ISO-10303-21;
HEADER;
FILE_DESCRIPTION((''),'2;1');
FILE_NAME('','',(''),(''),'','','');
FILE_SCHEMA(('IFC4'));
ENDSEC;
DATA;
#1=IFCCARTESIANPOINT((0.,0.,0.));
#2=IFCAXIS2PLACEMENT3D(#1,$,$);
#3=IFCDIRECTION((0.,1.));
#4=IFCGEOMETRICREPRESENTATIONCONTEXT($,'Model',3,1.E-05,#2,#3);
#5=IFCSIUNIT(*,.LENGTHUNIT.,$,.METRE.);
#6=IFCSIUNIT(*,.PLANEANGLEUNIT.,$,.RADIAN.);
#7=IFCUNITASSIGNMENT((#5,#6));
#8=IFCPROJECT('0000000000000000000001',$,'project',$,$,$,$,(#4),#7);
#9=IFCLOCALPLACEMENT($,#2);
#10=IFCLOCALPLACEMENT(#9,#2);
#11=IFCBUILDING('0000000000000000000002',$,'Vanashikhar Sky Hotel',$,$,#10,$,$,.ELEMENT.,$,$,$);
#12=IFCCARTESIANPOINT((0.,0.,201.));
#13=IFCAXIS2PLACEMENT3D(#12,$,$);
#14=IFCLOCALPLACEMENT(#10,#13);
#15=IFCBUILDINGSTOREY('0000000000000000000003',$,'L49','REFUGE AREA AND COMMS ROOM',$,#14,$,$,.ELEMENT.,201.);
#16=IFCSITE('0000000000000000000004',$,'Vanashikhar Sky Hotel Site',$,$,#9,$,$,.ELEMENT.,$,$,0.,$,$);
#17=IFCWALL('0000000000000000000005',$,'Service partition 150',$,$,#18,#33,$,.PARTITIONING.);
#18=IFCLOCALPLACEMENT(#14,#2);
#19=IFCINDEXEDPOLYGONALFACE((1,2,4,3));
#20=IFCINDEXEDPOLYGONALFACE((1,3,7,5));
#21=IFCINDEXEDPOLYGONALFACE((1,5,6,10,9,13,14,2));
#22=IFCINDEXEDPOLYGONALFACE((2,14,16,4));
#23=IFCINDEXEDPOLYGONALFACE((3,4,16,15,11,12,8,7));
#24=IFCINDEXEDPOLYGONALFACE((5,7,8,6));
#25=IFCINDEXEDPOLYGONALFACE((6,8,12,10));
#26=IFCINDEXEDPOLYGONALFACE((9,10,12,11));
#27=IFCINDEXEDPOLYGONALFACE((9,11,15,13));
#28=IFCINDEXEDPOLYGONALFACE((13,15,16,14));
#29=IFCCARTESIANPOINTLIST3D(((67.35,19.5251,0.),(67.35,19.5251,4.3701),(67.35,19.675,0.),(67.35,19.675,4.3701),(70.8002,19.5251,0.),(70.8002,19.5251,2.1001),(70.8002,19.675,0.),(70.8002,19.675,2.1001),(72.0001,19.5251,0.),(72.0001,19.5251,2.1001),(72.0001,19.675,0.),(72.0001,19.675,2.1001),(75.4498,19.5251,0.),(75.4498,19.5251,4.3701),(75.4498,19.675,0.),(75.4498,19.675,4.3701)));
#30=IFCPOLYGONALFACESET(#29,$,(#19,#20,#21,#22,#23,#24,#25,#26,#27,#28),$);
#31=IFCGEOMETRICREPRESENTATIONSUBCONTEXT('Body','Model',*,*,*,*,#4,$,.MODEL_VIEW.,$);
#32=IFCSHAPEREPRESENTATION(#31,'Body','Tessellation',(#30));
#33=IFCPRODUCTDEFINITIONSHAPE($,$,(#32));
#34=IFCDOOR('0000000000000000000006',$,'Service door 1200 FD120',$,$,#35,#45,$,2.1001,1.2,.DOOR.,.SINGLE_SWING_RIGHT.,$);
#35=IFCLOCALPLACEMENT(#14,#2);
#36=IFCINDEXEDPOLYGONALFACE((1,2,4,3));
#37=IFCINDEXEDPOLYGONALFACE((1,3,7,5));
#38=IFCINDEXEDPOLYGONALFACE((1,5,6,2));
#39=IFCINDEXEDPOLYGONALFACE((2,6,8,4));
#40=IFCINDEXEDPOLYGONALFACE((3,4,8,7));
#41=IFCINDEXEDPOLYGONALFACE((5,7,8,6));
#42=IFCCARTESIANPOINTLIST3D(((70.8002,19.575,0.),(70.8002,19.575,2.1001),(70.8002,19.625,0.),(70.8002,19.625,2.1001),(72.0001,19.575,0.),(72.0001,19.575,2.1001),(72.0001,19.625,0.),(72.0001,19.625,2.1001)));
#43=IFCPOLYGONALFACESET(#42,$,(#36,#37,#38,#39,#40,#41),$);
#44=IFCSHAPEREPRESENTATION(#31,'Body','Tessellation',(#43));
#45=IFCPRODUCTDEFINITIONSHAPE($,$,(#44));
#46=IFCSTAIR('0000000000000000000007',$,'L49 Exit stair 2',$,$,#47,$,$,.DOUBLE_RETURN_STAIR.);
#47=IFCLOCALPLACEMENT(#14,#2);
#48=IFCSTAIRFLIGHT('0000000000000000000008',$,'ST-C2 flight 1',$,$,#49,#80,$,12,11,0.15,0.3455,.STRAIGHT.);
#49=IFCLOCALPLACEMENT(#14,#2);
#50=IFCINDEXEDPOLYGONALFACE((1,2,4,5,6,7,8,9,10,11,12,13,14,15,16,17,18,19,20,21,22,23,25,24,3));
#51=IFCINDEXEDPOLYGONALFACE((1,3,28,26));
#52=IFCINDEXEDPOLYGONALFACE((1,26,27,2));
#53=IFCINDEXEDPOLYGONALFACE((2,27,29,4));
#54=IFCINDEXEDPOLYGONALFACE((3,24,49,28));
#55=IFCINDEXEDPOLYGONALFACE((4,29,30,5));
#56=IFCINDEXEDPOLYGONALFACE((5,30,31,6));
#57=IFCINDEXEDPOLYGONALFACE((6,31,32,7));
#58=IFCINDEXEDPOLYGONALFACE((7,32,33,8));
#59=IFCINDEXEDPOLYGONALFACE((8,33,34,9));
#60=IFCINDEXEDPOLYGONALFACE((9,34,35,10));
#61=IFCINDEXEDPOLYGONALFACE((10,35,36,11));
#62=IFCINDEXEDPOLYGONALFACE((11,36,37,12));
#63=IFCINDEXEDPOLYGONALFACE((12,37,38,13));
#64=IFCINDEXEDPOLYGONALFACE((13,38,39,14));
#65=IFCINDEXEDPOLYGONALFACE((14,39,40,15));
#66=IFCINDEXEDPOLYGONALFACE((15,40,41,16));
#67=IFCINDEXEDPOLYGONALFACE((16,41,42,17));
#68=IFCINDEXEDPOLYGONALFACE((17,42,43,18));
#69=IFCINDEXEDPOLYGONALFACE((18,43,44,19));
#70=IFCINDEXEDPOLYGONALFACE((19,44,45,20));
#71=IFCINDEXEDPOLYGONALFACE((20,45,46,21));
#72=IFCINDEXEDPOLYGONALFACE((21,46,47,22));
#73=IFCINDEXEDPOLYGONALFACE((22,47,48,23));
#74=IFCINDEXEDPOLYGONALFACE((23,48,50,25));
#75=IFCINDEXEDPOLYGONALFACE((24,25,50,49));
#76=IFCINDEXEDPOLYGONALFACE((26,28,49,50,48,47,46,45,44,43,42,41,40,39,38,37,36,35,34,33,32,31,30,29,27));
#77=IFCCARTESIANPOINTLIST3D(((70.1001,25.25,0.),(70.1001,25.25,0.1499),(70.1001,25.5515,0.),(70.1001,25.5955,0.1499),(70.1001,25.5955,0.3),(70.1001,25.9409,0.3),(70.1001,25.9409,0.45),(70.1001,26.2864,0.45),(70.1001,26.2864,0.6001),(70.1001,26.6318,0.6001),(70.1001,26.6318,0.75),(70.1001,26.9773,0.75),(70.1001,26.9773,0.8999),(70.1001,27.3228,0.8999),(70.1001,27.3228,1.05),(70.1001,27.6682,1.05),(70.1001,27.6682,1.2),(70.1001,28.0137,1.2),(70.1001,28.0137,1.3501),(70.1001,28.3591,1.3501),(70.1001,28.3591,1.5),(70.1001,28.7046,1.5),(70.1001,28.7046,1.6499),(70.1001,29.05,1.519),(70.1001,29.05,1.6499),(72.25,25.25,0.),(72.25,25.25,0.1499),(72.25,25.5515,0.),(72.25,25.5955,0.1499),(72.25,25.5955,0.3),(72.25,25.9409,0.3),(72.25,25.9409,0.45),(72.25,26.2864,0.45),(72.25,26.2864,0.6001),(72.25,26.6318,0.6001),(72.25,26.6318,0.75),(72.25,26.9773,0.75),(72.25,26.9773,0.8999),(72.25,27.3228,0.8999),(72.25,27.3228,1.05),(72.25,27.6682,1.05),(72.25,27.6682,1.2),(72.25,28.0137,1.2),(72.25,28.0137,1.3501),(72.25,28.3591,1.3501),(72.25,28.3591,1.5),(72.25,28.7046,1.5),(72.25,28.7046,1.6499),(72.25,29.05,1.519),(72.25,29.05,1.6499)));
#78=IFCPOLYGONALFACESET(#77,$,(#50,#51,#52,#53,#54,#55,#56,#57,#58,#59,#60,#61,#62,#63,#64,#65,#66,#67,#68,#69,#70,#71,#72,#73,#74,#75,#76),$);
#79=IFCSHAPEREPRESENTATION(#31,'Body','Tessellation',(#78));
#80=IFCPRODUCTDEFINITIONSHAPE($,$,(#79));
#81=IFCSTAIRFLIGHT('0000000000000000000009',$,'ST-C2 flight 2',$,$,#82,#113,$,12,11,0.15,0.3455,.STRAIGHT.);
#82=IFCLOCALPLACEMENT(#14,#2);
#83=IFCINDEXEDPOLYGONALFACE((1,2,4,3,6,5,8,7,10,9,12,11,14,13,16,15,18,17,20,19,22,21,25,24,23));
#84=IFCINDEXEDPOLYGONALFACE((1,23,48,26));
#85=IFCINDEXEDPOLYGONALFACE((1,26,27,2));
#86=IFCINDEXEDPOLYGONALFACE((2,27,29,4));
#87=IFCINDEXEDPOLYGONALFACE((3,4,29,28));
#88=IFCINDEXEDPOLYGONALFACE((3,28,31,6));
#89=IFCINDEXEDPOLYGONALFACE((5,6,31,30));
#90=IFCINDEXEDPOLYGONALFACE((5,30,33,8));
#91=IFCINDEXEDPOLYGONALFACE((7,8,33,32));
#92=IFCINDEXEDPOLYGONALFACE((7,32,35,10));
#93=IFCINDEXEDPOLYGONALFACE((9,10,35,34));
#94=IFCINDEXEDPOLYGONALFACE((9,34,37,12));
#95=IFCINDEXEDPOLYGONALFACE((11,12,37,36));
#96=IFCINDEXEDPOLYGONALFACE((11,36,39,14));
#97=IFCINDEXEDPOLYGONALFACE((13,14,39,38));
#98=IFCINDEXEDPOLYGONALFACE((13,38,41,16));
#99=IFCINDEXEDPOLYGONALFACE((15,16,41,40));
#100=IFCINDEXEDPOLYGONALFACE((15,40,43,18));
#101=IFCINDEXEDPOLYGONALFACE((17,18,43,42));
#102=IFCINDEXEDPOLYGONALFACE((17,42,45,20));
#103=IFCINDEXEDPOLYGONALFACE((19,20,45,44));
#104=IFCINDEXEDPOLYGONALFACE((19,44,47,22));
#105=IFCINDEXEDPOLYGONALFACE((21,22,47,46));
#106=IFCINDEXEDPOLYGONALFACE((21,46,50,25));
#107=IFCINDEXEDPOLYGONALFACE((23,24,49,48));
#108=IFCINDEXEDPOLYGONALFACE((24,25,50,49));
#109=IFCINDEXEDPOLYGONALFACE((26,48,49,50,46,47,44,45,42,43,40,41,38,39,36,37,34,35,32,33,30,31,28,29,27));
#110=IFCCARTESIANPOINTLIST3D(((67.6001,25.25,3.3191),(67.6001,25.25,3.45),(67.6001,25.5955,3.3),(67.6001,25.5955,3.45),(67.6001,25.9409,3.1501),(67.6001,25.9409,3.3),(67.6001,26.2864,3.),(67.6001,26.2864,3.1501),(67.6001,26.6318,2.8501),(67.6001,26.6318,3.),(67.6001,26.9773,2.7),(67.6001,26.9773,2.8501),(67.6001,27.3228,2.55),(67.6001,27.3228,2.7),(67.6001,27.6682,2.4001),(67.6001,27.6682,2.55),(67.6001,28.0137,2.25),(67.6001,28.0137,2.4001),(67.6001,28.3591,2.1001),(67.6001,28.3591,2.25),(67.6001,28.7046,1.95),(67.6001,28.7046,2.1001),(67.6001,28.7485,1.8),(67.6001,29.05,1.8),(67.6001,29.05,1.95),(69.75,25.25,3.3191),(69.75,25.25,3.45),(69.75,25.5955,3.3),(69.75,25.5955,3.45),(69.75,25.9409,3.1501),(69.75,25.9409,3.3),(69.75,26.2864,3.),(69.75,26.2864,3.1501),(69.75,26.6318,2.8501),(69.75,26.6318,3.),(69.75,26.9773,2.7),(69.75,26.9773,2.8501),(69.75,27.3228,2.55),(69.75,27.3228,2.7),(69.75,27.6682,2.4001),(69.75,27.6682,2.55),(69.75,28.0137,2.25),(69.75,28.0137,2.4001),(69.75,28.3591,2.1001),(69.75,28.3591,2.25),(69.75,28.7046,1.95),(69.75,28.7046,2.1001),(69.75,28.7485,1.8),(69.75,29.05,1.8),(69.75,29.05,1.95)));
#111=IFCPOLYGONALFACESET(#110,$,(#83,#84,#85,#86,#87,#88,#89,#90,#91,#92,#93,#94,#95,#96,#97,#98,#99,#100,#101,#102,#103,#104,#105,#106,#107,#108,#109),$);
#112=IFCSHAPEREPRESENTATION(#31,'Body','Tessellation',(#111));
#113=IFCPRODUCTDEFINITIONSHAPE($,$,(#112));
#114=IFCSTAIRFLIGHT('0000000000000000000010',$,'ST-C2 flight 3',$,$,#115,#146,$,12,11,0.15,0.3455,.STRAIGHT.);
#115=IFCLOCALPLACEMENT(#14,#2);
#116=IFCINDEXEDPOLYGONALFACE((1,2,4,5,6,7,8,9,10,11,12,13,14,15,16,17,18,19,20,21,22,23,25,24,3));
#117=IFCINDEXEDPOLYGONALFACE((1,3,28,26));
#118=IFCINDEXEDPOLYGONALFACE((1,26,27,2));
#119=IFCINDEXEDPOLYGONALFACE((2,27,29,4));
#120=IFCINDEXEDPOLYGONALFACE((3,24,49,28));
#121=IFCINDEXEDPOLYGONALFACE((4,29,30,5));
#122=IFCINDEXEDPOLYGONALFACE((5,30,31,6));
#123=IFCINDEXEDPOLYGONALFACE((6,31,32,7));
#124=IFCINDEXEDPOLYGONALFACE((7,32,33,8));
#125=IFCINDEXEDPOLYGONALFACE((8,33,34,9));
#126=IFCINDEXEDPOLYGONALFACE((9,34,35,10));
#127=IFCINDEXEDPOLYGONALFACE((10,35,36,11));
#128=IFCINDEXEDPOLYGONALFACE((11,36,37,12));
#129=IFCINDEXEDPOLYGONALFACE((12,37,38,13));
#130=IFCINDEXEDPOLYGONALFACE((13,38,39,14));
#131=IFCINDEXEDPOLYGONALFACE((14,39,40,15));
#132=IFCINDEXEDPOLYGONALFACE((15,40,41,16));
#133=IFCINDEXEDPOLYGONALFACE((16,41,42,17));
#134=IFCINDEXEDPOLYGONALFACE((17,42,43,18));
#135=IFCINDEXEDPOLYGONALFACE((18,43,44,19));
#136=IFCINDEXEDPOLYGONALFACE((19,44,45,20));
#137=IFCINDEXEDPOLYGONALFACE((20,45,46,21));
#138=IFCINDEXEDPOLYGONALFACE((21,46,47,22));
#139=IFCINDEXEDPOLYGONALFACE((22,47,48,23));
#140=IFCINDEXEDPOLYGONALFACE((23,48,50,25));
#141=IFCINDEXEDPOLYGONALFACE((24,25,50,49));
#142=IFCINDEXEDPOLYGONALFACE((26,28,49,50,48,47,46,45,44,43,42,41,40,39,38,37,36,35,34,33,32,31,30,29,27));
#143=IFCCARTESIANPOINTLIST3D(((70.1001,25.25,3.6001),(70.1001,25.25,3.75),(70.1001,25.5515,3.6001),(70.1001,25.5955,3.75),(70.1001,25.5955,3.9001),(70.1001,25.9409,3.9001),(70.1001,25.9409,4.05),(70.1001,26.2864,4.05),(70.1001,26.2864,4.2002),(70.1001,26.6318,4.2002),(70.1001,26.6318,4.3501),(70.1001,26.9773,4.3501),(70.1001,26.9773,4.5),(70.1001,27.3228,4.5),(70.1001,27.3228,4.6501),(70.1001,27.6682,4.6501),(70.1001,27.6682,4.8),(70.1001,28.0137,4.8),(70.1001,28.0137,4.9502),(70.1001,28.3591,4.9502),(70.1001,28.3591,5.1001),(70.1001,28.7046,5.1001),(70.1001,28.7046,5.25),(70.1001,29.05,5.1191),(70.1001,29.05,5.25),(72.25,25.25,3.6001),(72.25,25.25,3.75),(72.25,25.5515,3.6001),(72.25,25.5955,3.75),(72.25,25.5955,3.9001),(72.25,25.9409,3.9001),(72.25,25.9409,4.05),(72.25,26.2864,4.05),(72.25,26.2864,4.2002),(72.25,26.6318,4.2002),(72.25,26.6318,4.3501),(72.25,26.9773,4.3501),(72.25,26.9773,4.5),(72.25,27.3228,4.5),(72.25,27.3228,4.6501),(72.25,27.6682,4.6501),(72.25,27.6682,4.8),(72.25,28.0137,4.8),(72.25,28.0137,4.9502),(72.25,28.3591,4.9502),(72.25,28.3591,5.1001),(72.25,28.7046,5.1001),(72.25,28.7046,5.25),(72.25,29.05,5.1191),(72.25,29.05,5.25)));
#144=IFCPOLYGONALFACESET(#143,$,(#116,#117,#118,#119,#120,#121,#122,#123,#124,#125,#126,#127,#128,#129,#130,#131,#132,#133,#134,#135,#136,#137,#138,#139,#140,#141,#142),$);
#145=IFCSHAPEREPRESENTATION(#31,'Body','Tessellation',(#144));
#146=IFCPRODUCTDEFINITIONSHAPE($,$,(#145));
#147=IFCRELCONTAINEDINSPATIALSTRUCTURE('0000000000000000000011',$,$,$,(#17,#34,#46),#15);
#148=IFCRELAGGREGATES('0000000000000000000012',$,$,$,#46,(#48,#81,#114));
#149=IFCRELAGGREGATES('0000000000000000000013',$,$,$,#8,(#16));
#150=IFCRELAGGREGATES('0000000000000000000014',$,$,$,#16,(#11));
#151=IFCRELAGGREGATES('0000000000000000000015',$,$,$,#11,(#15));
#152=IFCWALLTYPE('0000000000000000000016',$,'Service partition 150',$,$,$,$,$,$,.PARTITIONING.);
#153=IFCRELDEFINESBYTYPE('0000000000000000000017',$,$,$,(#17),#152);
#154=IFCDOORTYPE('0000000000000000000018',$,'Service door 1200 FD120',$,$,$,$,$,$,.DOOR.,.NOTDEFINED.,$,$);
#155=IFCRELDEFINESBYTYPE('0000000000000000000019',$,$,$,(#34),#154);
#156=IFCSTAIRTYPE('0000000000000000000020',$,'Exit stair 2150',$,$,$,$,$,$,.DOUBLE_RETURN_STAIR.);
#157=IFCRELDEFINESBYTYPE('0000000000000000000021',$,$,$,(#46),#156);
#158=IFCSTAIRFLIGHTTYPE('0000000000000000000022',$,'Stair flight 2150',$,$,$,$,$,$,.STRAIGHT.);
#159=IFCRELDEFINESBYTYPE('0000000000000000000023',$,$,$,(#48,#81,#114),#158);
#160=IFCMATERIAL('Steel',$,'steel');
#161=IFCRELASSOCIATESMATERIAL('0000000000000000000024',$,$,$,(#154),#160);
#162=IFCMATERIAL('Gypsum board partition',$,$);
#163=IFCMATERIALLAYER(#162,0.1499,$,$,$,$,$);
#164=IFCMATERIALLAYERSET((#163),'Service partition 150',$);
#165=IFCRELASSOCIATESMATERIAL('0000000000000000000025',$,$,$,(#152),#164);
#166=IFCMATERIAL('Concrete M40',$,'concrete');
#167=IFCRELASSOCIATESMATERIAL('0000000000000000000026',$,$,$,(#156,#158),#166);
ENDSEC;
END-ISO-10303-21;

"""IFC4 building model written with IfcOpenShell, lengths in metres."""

from ifc_helpers import new_model, si_unit, direction, frame, frame_2d, origin, place, context, subcontext, project, spatial, polyline, rectangle, outline, extrude, source, transform, mapped, material, layer, layer_set, type_object, element, fill, aggregate, save


model = new_model("IFC4")

# Units and contexts
model_context = context("Model", 3, precision=1e-05, world=origin(), true_north=direction((0.0, 1.0)))
body_context = subcontext(model_context, "Body", "Model", "MODEL_VIEW")
ifc_project = project(units=[si_unit("LENGTHUNIT", "METRE"), si_unit("PLANEANGLEUNIT", "RADIAN")], contexts=[model_context])

# Site, building, storey
site_placement = place(None, origin())
site = spatial("IfcSite", under=ifc_project, at=site_placement, Name="Vanashikhar Sky Hotel Site", CompositionType="ELEMENT", RefElevation=0.0)
building_placement = place(site_placement, origin())
building = spatial("IfcBuilding", under=site, at=building_placement, Name="Vanashikhar Sky Hotel", CompositionType="ELEMENT")
storey_placement = place(building_placement, frame((0.0, 0.0, 201.0)))
storey = spatial("IfcBuildingStorey", under=building, at=storey_placement, Name="L49", Description="REFUGE AREA AND COMMS ROOM", CompositionType="ELEMENT", Elevation=201.0)

# Shared definitions
ifc_material_1 = material(Name="Steel", Category="steel")
door_type_1 = type_object("IfcDoorType", Name="Service door 1200 FD120", OperationType="NOTDEFINED", PredefinedType="DOOR", material=ifc_material_1)
shared_shape_1 = source(origin(), body_context, "Body", "SweptSolid", [
    extrude(rectangle(XDim=1.2, YDim=2.1001, at=frame_2d((0.6001, 1.05))), frame((0.0, 0.0249, 0.0), z_axis=(0.0, -1.0, 0.0), x_axis=(1.0, 0.0, 0.0)), (0.0, 0.0, 1.0), 0.05),
])

# Wall, opening, door
ifc_material_2 = material(Name="Gypsum board partition")
ifc_layer_1 = layer(ifc_material_2, 0.1499)
ifc_layer_set_1 = layer_set([ifc_layer_1], Name="Service partition 150")
wall_type_1 = type_object("IfcWallType", Name="Service partition 150", PredefinedType="PARTITIONING", material=ifc_layer_set_1)
shared_shape_2 = source(origin(), body_context, "Body", "SweptSolid", [
    extrude(rectangle(XDim=8.0999, YDim=0.1499, at=frame_2d((4.0498, 0.0))), origin(), (0.0, 0.0, 1.0), 4.3701),
])
wall_1_placement = place(storey_placement, frame((67.3501, 19.6001, 0.0), z_axis=(0.0, 0.0, 1.0), x_axis=(1.0, 0.0, 0.0)))
wall_1 = element("IfcWall", 1, at=wall_1_placement, inside=storey, type_object=wall_type_1, Name="Service partition 150", PredefinedType="PARTITIONING", context=body_context, shape_type="MappedRepresentation", body=[
    mapped(shared_shape_2, transform((0.0, 0.0, 0.0), scale=1.0)),
])
shared_shape_3 = source(origin(), body_context, "Body", "SweptSolid", [
    extrude(rectangle(XDim=1.2, YDim=2.1001, at=frame_2d((0.6001, 1.05))), frame((0.0, 0.085, 0.0), z_axis=(0.0, -1.0, 0.0), x_axis=(1.0, 0.0, 0.0)), (0.0, 0.0, 1.0), 0.1699),
])
opening_1_placement = place(wall_1_placement, frame((3.45, 0.0, 0.0)))
opening_1 = element("IfcOpeningElement", 2, at=opening_1_placement, cuts=wall_1, PredefinedType="OPENING", context=body_context, shape_type="MappedRepresentation", body=[
    mapped(shared_shape_3, transform((0.0, 0.0, 0.0), scale=1.0)),
])
door_1_placement = place(opening_1_placement, origin())
door_1 = element("IfcDoor", 3, at=door_1_placement, inside=storey, type_object=door_type_1, Name="Service door 1200 FD120", OperationType="SINGLE_SWING_RIGHT", OverallHeight=2.1001, OverallWidth=1.2, PredefinedType="DOOR", context=body_context, shape_type="MappedRepresentation", body=[
    mapped(shared_shape_1, transform((0.0, 0.0, 0.0), scale=1.0)),
])
fill(opening_1, door_1)

# Stair, stair flights
ifc_material_3 = material(Name="Concrete M40", Category="concrete")
stair_type = type_object("IfcStairType", Name="Exit stair 2150", PredefinedType="DOUBLE_RETURN_STAIR", material=ifc_material_3)
stair_placement = place(storey_placement, origin())
stair = element("IfcStair", 4, at=stair_placement, inside=storey, type_object=stair_type, Name="L49 Exit stair 2", PredefinedType="DOUBLE_RETURN_STAIR")
stair_flight_type = type_object("IfcStairFlightType", Name="Stair flight 2150", PredefinedType="STRAIGHT", material=ifc_material_3)
shared_shape_4 = source(origin(), body_context, "Body", "SweptSolid", [
    extrude(outline(polyline([(0.0, 0.0), (0.0, 0.1499), (0.3455, 0.1499), (0.3455, 0.3), (0.6909, 0.3), (0.6909, 0.45), (1.0364, 0.45), (1.0364, 0.6001), (1.3818, 0.6001), (1.3818, 0.75), (1.7273, 0.75), (1.7273, 0.8999), (2.0728, 0.8999), (2.0728, 1.05), (2.4182, 1.05), (2.4182, 1.2), (2.7637, 1.2), (2.7637, 1.3501), (3.1091, 1.3501), (3.1091, 1.5), (3.4546, 1.5), (3.4546, 1.6499), (3.8, 1.6499), (3.8, 1.8), (3.8, 1.519), (0.3015, 0.0), (0.0, 0.0)])), frame((0.0, 1.075, 0.0), z_axis=(0.0, -1.0, 0.0), x_axis=(1.0, 0.0, 0.0)), (0.0, 0.0, 1.0), 2.1499),
])
stair_flight_1_placement = place(storey_placement, frame((71.175, 25.25, 0.0), z_axis=(0.0, 0.0, 1.0), x_axis=(0.0, 1.0, 0.0)))
stair_flight_1 = element("IfcStairFlight", 5, at=stair_flight_1_placement, type_object=stair_flight_type, Name="ST-C2 flight 1", NumberOfRisers=12, NumberOfTreads=11, PredefinedType="STRAIGHT", RiserHeight=0.15, TreadLength=0.3455, context=body_context, shape_type="MappedRepresentation", body=[
    mapped(shared_shape_4, transform((0.0, 0.0, 0.0), scale=1.0)),
])
stair_flight_2_placement = place(storey_placement, frame((68.675, 29.05, 1.8), z_axis=(0.0, 0.0, 1.0), x_axis=(0.0, -1.0, 0.0)))
stair_flight_2 = element("IfcStairFlight", 6, at=stair_flight_2_placement, type_object=stair_flight_type, Name="ST-C2 flight 2", NumberOfRisers=12, NumberOfTreads=11, PredefinedType="STRAIGHT", RiserHeight=0.15, TreadLength=0.3455, context=body_context, shape_type="MappedRepresentation", body=[
    mapped(shared_shape_4, transform((0.0, 0.0, 0.0), scale=1.0)),
])
stair_flight_3_placement = place(storey_placement, frame((71.175, 25.25, 3.6001), z_axis=(0.0, 0.0, 1.0), x_axis=(0.0, 1.0, 0.0)))
stair_flight_3 = element("IfcStairFlight", 7, at=stair_flight_3_placement, type_object=stair_flight_type, Name="ST-C2 flight 3", NumberOfRisers=12, NumberOfTreads=11, PredefinedType="STRAIGHT", RiserHeight=0.15, TreadLength=0.3455, context=body_context, shape_type="MappedRepresentation", body=[
    mapped(shared_shape_4, transform((0.0, 0.0, 0.0), scale=1.0)),
])
aggregate(stair, [stair_flight_1, stair_flight_2, stair_flight_3])

save(model, "model.ifc")
